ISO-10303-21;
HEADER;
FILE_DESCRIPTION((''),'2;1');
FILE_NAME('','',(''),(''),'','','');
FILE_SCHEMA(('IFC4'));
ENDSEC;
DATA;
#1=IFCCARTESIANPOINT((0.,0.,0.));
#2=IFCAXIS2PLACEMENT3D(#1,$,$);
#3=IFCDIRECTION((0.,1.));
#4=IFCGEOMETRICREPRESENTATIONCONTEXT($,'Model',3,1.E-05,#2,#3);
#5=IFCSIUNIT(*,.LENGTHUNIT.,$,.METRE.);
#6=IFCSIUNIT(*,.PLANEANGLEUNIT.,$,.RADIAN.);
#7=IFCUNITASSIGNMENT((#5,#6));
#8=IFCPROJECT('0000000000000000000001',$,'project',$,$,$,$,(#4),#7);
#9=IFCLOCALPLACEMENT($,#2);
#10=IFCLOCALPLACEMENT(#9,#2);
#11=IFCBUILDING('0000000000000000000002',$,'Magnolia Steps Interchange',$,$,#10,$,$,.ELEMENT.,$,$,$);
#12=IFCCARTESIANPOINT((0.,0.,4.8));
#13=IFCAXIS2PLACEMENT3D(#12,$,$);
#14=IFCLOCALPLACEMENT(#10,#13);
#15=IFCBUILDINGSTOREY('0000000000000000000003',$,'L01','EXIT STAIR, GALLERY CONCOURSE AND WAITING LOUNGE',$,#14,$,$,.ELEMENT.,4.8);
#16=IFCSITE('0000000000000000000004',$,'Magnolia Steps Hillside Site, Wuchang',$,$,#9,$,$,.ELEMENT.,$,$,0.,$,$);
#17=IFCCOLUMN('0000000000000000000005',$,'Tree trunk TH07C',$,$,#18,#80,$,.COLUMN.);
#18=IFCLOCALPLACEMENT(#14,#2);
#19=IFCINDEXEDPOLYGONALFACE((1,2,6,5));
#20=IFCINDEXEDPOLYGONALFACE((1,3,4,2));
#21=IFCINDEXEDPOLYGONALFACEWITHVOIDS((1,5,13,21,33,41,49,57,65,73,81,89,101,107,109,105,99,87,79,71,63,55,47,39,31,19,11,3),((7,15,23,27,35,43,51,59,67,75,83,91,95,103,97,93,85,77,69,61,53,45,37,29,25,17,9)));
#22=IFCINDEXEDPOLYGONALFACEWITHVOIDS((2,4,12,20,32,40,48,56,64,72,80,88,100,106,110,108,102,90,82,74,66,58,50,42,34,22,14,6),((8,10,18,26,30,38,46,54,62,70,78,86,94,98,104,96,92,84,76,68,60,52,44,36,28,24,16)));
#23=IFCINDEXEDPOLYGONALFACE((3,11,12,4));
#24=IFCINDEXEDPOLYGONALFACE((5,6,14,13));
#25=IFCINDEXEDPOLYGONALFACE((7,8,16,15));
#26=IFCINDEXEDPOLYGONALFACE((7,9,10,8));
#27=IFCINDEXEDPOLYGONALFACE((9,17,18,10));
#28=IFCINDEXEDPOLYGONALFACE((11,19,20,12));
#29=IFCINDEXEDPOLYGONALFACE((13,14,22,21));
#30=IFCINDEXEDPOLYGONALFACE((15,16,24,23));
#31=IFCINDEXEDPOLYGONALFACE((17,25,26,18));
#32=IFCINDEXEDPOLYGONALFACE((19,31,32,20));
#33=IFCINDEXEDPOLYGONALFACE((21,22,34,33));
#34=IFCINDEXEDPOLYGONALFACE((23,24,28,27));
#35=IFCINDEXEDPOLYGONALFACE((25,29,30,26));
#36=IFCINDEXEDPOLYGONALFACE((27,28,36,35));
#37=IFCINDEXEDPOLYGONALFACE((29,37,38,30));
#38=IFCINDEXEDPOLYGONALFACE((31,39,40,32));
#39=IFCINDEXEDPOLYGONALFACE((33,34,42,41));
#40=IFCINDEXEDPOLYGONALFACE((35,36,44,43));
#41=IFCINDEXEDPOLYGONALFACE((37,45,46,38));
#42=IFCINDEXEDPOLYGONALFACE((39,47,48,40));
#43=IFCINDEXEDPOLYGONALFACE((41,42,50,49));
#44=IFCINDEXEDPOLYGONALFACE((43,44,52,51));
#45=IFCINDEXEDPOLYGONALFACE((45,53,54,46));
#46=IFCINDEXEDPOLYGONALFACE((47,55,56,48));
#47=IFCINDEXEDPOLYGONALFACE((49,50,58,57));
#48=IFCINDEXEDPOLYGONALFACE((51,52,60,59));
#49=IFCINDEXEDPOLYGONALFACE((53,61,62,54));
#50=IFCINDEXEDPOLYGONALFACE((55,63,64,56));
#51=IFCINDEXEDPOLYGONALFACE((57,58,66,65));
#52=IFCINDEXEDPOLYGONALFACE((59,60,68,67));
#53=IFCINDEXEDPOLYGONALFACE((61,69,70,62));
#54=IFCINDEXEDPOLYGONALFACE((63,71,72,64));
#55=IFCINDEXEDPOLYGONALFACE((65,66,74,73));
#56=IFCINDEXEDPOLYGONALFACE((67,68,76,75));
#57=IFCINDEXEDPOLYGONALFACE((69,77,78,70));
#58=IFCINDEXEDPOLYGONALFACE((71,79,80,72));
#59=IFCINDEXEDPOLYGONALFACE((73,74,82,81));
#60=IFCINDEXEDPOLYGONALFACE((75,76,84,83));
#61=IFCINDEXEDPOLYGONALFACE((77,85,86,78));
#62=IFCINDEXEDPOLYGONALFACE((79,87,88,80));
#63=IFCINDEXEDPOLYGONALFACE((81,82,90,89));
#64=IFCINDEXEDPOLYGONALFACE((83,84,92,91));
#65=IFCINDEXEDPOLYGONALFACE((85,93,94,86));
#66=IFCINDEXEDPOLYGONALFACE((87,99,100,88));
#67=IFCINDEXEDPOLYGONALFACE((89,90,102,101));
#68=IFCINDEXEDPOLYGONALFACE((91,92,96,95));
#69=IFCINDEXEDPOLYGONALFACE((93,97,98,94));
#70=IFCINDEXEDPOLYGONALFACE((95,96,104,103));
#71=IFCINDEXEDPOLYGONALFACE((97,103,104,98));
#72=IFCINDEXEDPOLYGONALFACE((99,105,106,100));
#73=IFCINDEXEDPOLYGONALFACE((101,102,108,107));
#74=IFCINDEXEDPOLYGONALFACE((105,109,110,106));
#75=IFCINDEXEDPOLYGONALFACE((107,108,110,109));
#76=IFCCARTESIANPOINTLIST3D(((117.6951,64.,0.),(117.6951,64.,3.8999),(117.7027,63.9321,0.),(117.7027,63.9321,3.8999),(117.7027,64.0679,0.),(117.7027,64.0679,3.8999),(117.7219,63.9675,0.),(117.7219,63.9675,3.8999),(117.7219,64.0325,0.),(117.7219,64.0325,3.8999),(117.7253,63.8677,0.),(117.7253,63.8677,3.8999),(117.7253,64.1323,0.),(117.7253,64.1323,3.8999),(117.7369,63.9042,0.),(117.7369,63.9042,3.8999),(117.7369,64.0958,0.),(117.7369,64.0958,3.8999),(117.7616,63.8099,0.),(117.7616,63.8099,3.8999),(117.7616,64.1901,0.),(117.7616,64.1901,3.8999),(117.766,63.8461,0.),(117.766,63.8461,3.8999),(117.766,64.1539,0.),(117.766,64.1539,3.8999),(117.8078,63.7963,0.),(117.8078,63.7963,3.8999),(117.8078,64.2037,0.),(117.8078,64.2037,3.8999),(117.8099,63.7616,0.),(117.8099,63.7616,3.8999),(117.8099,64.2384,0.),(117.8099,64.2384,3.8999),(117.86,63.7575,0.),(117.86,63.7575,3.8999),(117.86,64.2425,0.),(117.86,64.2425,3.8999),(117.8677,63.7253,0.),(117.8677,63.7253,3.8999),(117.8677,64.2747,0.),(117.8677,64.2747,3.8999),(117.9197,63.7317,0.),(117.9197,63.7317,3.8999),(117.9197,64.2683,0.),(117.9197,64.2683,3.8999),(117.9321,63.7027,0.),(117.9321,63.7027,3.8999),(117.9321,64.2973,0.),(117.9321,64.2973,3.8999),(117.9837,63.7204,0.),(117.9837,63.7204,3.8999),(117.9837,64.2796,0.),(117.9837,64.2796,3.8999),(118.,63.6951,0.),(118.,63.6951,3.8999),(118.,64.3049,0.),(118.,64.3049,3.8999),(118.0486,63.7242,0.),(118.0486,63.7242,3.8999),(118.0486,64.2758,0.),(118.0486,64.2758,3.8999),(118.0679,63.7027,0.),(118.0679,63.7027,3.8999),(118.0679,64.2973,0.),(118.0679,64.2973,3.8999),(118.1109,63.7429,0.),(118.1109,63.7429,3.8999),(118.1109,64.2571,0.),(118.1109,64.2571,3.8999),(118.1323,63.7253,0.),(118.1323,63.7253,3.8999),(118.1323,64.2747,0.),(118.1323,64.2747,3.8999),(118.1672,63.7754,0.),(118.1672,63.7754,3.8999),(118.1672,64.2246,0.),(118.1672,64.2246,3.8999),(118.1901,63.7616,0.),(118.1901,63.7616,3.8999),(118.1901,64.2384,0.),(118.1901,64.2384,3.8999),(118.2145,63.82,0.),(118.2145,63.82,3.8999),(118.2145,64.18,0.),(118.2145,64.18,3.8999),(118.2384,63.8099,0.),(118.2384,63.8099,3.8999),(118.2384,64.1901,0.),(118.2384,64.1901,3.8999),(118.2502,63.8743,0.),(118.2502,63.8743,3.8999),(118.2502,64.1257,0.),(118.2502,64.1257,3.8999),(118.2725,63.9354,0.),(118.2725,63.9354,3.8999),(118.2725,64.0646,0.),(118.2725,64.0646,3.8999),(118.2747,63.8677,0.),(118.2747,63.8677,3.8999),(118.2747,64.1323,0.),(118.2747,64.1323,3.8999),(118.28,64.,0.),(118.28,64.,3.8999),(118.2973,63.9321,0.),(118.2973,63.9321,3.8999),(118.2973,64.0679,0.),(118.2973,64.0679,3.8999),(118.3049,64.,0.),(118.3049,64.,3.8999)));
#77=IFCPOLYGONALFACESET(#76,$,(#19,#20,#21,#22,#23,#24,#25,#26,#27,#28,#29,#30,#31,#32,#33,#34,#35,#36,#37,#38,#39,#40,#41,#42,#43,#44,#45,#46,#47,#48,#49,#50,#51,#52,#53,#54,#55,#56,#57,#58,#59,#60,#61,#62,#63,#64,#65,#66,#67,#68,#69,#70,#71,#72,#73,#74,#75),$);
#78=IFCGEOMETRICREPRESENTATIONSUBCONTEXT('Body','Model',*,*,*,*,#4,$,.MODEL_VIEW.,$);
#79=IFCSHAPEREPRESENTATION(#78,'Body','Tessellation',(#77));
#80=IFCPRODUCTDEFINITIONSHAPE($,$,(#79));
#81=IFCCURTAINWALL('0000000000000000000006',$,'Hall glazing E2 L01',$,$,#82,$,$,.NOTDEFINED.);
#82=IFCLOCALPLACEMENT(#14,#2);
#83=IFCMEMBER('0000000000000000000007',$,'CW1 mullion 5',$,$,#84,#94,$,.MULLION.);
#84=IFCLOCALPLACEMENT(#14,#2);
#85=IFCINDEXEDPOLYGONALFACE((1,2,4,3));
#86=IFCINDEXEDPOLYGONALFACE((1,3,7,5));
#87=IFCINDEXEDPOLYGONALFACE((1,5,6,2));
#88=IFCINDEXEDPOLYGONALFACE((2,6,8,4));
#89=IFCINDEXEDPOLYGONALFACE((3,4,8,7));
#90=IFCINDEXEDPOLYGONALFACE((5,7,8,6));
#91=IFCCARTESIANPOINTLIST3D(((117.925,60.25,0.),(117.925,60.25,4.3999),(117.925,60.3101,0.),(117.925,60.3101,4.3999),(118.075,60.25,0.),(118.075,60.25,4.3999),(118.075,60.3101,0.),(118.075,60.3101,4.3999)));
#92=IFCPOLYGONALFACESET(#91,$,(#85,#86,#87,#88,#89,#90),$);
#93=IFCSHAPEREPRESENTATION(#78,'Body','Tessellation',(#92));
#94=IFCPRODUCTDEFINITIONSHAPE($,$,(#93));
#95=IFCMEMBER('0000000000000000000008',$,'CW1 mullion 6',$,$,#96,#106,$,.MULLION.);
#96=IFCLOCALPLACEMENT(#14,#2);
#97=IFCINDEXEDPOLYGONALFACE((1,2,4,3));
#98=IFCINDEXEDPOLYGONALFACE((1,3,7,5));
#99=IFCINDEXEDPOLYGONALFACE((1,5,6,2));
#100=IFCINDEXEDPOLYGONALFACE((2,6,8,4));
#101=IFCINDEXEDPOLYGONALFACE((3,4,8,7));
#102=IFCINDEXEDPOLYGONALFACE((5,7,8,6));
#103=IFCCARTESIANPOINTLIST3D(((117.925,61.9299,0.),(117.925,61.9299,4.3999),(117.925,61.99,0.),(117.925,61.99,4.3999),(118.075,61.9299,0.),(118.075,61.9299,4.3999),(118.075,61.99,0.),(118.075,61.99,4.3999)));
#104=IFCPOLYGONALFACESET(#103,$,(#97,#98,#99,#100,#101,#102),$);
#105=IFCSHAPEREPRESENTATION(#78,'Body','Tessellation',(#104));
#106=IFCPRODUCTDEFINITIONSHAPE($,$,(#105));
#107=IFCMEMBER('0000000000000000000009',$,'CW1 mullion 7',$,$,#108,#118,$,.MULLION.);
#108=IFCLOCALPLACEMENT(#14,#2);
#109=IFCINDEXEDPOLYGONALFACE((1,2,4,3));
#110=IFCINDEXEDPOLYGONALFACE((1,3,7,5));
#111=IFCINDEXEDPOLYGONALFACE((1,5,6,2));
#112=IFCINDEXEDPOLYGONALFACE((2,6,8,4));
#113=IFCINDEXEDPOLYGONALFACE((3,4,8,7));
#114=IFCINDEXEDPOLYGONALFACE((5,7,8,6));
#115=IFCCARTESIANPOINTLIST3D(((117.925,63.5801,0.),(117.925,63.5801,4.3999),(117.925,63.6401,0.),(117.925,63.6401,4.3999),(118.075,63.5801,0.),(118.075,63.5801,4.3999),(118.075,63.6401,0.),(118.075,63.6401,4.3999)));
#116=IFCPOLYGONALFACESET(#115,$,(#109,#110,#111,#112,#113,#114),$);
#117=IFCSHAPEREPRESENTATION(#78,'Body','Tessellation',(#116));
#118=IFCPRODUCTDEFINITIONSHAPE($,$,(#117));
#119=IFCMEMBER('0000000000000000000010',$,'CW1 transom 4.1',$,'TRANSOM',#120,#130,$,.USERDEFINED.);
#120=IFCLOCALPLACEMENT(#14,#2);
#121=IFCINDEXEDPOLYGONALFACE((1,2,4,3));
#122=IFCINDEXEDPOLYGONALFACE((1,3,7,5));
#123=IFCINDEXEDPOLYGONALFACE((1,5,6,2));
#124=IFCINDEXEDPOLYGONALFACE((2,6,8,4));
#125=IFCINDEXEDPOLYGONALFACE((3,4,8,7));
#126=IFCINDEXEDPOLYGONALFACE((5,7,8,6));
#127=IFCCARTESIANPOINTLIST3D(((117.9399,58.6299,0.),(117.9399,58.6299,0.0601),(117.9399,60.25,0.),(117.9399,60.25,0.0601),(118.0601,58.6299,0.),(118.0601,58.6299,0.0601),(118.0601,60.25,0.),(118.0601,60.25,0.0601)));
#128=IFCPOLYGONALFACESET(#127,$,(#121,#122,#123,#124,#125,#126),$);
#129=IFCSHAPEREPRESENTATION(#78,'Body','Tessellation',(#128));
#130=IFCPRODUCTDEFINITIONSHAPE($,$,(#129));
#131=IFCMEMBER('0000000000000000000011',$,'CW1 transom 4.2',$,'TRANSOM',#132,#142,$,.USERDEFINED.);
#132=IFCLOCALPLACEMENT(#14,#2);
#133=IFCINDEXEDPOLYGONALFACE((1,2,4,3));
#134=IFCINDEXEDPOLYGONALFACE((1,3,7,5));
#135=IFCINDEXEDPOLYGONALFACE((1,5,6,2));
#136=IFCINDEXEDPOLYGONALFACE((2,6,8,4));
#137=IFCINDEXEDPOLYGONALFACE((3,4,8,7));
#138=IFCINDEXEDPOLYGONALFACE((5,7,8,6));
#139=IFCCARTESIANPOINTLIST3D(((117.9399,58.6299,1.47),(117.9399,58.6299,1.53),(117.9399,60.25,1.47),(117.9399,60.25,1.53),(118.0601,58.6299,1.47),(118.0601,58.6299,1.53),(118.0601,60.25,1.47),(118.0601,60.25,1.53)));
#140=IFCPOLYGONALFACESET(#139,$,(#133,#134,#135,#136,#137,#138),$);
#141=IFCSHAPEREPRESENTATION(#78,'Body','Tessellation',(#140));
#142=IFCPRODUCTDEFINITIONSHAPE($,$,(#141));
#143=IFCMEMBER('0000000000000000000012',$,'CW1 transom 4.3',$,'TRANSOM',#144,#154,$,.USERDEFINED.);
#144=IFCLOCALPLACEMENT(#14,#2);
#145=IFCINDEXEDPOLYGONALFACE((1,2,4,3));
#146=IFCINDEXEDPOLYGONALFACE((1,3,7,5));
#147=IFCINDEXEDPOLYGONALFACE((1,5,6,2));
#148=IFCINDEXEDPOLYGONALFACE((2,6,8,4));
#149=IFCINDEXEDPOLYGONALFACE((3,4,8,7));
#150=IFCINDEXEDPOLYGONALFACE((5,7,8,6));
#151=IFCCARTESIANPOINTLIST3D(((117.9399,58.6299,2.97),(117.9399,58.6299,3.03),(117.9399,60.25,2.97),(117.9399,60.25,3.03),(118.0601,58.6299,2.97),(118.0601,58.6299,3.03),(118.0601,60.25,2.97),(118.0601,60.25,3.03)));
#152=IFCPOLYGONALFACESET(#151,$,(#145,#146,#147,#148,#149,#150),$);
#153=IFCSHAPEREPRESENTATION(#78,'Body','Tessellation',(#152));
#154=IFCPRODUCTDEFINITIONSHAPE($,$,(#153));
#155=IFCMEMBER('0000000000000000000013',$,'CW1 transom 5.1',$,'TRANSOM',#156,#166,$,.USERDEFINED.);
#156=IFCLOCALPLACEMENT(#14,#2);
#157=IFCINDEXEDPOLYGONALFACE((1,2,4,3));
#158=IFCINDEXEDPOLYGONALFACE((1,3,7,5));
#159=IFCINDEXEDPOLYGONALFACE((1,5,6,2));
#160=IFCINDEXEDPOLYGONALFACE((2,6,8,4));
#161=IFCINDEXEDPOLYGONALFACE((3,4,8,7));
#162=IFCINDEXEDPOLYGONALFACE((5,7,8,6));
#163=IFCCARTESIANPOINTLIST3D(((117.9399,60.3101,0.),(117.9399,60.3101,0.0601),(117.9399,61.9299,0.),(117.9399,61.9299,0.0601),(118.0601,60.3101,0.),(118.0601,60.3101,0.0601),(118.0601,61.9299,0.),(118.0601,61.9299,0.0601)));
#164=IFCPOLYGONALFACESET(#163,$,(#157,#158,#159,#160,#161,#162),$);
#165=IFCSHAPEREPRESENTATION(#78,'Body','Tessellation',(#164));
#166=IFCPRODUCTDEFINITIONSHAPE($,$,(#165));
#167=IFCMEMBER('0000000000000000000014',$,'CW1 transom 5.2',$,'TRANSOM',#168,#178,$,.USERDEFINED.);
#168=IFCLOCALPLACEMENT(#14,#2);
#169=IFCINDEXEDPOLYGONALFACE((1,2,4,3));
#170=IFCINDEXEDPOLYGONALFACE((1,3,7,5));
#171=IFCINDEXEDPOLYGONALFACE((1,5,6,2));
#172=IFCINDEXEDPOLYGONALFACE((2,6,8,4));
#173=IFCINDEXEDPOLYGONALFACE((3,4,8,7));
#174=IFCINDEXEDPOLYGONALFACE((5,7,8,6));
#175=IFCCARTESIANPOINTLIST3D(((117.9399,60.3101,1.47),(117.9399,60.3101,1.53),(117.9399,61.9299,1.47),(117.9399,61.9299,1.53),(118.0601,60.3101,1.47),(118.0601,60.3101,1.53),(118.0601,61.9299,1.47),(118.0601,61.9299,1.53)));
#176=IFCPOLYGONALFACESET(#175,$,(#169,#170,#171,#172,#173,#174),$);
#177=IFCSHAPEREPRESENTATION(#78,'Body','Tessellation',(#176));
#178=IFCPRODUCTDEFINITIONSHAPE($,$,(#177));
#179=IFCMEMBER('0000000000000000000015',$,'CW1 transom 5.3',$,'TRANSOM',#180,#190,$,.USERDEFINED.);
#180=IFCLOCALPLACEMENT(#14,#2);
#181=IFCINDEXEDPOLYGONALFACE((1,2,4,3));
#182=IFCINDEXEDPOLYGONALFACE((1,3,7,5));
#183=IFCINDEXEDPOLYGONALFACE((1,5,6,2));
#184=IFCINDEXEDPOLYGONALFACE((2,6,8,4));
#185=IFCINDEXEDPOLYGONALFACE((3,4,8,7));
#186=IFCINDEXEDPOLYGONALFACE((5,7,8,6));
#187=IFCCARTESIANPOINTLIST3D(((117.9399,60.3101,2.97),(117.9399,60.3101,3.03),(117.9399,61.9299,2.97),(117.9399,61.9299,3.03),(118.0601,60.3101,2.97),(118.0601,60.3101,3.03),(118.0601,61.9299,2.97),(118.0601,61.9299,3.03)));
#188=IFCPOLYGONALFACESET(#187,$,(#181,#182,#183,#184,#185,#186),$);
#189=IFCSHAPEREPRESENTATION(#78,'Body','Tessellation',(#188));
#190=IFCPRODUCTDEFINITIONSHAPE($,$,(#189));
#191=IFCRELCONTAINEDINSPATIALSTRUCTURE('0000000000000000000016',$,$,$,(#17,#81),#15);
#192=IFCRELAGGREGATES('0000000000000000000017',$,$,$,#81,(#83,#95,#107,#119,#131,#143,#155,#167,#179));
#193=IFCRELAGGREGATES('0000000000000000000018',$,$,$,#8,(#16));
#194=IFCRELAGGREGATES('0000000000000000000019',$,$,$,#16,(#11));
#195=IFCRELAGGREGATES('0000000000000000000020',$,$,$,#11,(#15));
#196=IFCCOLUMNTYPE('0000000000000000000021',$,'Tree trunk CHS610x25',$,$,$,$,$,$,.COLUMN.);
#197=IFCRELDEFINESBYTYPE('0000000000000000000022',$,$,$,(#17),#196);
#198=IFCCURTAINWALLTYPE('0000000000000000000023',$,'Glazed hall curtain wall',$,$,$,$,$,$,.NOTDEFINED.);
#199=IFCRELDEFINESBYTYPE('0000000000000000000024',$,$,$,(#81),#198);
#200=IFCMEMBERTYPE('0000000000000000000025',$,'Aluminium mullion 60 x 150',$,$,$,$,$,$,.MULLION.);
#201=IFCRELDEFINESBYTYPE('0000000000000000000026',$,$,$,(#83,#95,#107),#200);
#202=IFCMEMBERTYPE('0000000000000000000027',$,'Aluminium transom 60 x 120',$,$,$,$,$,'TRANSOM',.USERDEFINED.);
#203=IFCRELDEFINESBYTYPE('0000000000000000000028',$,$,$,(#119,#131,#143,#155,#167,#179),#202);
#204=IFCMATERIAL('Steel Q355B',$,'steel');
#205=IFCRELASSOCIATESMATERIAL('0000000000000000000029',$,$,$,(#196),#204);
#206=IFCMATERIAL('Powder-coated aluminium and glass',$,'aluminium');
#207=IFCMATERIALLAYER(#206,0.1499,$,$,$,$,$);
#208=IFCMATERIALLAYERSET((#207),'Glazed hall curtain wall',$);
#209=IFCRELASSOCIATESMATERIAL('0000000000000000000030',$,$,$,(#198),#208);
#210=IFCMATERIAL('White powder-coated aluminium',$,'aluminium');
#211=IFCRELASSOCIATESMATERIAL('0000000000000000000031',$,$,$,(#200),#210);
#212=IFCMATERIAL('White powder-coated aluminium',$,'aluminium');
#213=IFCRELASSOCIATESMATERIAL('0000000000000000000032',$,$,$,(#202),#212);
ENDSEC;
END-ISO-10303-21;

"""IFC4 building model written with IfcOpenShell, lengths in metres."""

from ifc_helpers import new_model, si_unit, direction, frame, origin, origin_2d, place, context, subcontext, project, spatial, rectangle, hollow_circle, extrude, material, layer, layer_set, material_profile, profile_set, type_object, element, aggregate, save


model = new_model("IFC4")

# Units and contexts
model_context = context("Model", 3, precision=1e-05, world=origin(), true_north=direction((0.0, 1.0)))
body_context = subcontext(model_context, "Body", "Model", "MODEL_VIEW")
ifc_project = project(units=[si_unit("LENGTHUNIT", "METRE"), si_unit("PLANEANGLEUNIT", "RADIAN")], contexts=[model_context])

# Site, building, storey
site_placement = place(None, origin())
site = spatial("IfcSite", under=ifc_project, at=site_placement, Name="Magnolia Steps Hillside Site, Wuchang", CompositionType="ELEMENT", RefElevation=0.0)
building_placement = place(site_placement, origin())
building = spatial("IfcBuilding", under=site, at=building_placement, Name="Magnolia Steps Interchange", CompositionType="ELEMENT")
storey_placement = place(building_placement, frame((0.0, 0.0, 4.8)))
storey = spatial("IfcBuildingStorey", under=building, at=storey_placement, Name="L01", Description="EXIT STAIR, GALLERY CONCOURSE AND WAITING LOUNGE", CompositionType="ELEMENT", Elevation=4.8)

# Column
ifc_material_1 = material(Name="Steel Q355B", Category="steel")
ifc_material_profile_1 = material_profile(ifc_material_1, hollow_circle(Radius=0.3049, WallThickness=0.0249, at=origin_2d()), Name="CHS610x25")
ifc_profile_set_1 = profile_set([ifc_material_profile_1], Name="Steel Q355B")
column_type = type_object("IfcColumnType", Name="Tree trunk CHS610x25", PredefinedType="COLUMN", material=ifc_profile_set_1)
column_placement = place(storey_placement, frame((118.0, 64.0, 0.0), z_axis=(0.0, 0.0, 1.0), x_axis=(1.0, 0.0, 0.0)))
element("IfcColumn", 1, at=column_placement, inside=storey, type_object=column_type, Name="Tree trunk TH07C", PredefinedType="COLUMN", context=body_context, shape_type="SweptSolid", body=[
    extrude(hollow_circle(Radius=0.3049, WallThickness=0.0249, at=origin_2d()), origin(), (0.0, 0.0, 1.0), 3.8999),
])

# Curtain wall, members
ifc_material_2 = material(Name="Powder-coated aluminium and glass", Category="aluminium")
ifc_layer_1 = layer(ifc_material_2, 0.1499)
ifc_layer_set_1 = layer_set([ifc_layer_1], Name="Glazed hall curtain wall")
curtain_wall_type = type_object("IfcCurtainWallType", Name="Glazed hall curtain wall", PredefinedType="NOTDEFINED", material=ifc_layer_set_1)
curtain_wall_placement = place(storey_placement, origin())
curtain_wall = element("IfcCurtainWall", 2, at=curtain_wall_placement, inside=storey, type_object=curtain_wall_type, Name="Hall glazing E2 L01", PredefinedType="NOTDEFINED")
ifc_material_3 = material(Name="White powder-coated aluminium", Category="aluminium")
ifc_material_profile_2 = material_profile(ifc_material_3, rectangle(XDim=0.0601, YDim=0.1499, at=origin_2d()), Name="Aluminium mullion 60 x 150")
ifc_profile_set_2 = profile_set([ifc_material_profile_2], Name="White powder-coated aluminium")
member_type_1 = type_object("IfcMemberType", Name="Aluminium mullion 60 x 150", PredefinedType="MULLION", material=ifc_profile_set_2)
member_1_placement = place(storey_placement, frame((118.0, 60.28, 0.0), z_axis=(0.0, 0.0, 1.0), x_axis=(0.0, 1.0, 0.0)))
member_1 = element("IfcMember", 3, at=member_1_placement, type_object=member_type_1, Name="CW1 mullion 5", PredefinedType="MULLION", context=body_context, shape_type="SweptSolid", body=[
    extrude(rectangle(XDim=0.0601, YDim=0.1499, at=origin_2d()), origin(), (0.0, 0.0, 1.0), 4.3999),
])
member_2_placement = place(storey_placement, frame((118.0, 61.96, 0.0), z_axis=(0.0, 0.0, 1.0), x_axis=(0.0, 1.0, 0.0)))
member_2 = element("IfcMember", 4, at=member_2_placement, type_object=member_type_1, Name="CW1 mullion 6", PredefinedType="MULLION", context=body_context, shape_type="SweptSolid", body=[
    extrude(rectangle(XDim=0.0601, YDim=0.1499, at=origin_2d()), origin(), (0.0, 0.0, 1.0), 4.3999),
])
member_3_placement = place(storey_placement, frame((118.0, 63.6101, 0.0), z_axis=(0.0, 0.0, 1.0), x_axis=(0.0, 1.0, 0.0)))
member_3 = element("IfcMember", 5, at=member_3_placement, type_object=member_type_1, Name="CW1 mullion 7", PredefinedType="MULLION", context=body_context, shape_type="SweptSolid", body=[
    extrude(rectangle(XDim=0.0601, YDim=0.1499, at=origin_2d()), origin(), (0.0, 0.0, 1.0), 4.3999),
])
ifc_material_4 = material(Name="White powder-coated aluminium", Category="aluminium")
ifc_material_profile_3 = material_profile(ifc_material_4, rectangle(XDim=0.0601, YDim=0.1201, at=origin_2d()), Name="Aluminium transom 60 x 120")
ifc_profile_set_3 = profile_set([ifc_material_profile_3], Name="White powder-coated aluminium")
member_type_2 = type_object("IfcMemberType", Name="Aluminium transom 60 x 120", ElementType="TRANSOM", PredefinedType="USERDEFINED", material=ifc_profile_set_3)
member_4_placement = place(storey_placement, frame((118.0, 58.6299, 0.03), z_axis=(0.0, 1.0, 0.0), x_axis=(0.0, 0.0, 1.0)))
member_4 = element("IfcMember", 6, at=member_4_placement, type_object=member_type_2, Name="CW1 transom 4.1", ObjectType="TRANSOM", PredefinedType="USERDEFINED", context=body_context, shape_type="SweptSolid", body=[
    extrude(rectangle(XDim=0.0601, YDim=0.1201, at=origin_2d()), origin(), (0.0, 0.0, 1.0), 1.6201),
])
member_5_placement = place(storey_placement, frame((118.0, 58.6299, 1.5), z_axis=(0.0, 1.0, 0.0), x_axis=(0.0, 0.0, 1.0)))
member_5 = element("IfcMember", 7, at=member_5_placement, type_object=member_type_2, Name="CW1 transom 4.2", ObjectType="TRANSOM", PredefinedType="USERDEFINED", context=body_context, shape_type="SweptSolid", body=[
    extrude(rectangle(XDim=0.0601, YDim=0.1201, at=origin_2d()), origin(), (0.0, 0.0, 1.0), 1.6201),
])
member_6_placement = place(storey_placement, frame((118.0, 58.6299, 3.0), z_axis=(0.0, 1.0, 0.0), x_axis=(0.0, 0.0, 1.0)))
member_6 = element("IfcMember", 8, at=member_6_placement, type_object=member_type_2, Name="CW1 transom 4.3", ObjectType="TRANSOM", PredefinedType="USERDEFINED", context=body_context, shape_type="SweptSolid", body=[
    extrude(rectangle(XDim=0.0601, YDim=0.1201, at=origin_2d()), origin(), (0.0, 0.0, 1.0), 1.6201),
])
member_7_placement = place(storey_placement, frame((118.0, 60.3101, 0.03), z_axis=(0.0, 1.0, 0.0), x_axis=(0.0, 0.0, 1.0)))
member_7 = element("IfcMember", 9, at=member_7_placement, type_object=member_type_2, Name="CW1 transom 5.1", ObjectType="TRANSOM", PredefinedType="USERDEFINED", context=body_context, shape_type="SweptSolid", body=[
    extrude(rectangle(XDim=0.0601, YDim=0.1201, at=origin_2d()), origin(), (0.0, 0.0, 1.0), 1.6199),
])
member_8_placement = place(storey_placement, frame((118.0, 60.3101, 1.5), z_axis=(0.0, 1.0, 0.0), x_axis=(0.0, 0.0, 1.0)))
member_8 = element("IfcMember", 10, at=member_8_placement, type_object=member_type_2, Name="CW1 transom 5.2", ObjectType="TRANSOM", PredefinedType="USERDEFINED", context=body_context, shape_type="SweptSolid", body=[
    extrude(rectangle(XDim=0.0601, YDim=0.1201, at=origin_2d()), origin(), (0.0, 0.0, 1.0), 1.6199),
])
member_9_placement = place(storey_placement, frame((118.0, 60.3101, 3.0), z_axis=(0.0, 1.0, 0.0), x_axis=(0.0, 0.0, 1.0)))
member_9 = element("IfcMember", 11, at=member_9_placement, type_object=member_type_2, Name="CW1 transom 5.3", ObjectType="TRANSOM", PredefinedType="USERDEFINED", context=body_context, shape_type="SweptSolid", body=[
    extrude(rectangle(XDim=0.0601, YDim=0.1201, at=origin_2d()), origin(), (0.0, 0.0, 1.0), 1.6199),
])
aggregate(curtain_wall, [member_1, member_2, member_3, member_4, member_5, member_6, member_7, member_8, member_9])

save(model, "model.ifc")
